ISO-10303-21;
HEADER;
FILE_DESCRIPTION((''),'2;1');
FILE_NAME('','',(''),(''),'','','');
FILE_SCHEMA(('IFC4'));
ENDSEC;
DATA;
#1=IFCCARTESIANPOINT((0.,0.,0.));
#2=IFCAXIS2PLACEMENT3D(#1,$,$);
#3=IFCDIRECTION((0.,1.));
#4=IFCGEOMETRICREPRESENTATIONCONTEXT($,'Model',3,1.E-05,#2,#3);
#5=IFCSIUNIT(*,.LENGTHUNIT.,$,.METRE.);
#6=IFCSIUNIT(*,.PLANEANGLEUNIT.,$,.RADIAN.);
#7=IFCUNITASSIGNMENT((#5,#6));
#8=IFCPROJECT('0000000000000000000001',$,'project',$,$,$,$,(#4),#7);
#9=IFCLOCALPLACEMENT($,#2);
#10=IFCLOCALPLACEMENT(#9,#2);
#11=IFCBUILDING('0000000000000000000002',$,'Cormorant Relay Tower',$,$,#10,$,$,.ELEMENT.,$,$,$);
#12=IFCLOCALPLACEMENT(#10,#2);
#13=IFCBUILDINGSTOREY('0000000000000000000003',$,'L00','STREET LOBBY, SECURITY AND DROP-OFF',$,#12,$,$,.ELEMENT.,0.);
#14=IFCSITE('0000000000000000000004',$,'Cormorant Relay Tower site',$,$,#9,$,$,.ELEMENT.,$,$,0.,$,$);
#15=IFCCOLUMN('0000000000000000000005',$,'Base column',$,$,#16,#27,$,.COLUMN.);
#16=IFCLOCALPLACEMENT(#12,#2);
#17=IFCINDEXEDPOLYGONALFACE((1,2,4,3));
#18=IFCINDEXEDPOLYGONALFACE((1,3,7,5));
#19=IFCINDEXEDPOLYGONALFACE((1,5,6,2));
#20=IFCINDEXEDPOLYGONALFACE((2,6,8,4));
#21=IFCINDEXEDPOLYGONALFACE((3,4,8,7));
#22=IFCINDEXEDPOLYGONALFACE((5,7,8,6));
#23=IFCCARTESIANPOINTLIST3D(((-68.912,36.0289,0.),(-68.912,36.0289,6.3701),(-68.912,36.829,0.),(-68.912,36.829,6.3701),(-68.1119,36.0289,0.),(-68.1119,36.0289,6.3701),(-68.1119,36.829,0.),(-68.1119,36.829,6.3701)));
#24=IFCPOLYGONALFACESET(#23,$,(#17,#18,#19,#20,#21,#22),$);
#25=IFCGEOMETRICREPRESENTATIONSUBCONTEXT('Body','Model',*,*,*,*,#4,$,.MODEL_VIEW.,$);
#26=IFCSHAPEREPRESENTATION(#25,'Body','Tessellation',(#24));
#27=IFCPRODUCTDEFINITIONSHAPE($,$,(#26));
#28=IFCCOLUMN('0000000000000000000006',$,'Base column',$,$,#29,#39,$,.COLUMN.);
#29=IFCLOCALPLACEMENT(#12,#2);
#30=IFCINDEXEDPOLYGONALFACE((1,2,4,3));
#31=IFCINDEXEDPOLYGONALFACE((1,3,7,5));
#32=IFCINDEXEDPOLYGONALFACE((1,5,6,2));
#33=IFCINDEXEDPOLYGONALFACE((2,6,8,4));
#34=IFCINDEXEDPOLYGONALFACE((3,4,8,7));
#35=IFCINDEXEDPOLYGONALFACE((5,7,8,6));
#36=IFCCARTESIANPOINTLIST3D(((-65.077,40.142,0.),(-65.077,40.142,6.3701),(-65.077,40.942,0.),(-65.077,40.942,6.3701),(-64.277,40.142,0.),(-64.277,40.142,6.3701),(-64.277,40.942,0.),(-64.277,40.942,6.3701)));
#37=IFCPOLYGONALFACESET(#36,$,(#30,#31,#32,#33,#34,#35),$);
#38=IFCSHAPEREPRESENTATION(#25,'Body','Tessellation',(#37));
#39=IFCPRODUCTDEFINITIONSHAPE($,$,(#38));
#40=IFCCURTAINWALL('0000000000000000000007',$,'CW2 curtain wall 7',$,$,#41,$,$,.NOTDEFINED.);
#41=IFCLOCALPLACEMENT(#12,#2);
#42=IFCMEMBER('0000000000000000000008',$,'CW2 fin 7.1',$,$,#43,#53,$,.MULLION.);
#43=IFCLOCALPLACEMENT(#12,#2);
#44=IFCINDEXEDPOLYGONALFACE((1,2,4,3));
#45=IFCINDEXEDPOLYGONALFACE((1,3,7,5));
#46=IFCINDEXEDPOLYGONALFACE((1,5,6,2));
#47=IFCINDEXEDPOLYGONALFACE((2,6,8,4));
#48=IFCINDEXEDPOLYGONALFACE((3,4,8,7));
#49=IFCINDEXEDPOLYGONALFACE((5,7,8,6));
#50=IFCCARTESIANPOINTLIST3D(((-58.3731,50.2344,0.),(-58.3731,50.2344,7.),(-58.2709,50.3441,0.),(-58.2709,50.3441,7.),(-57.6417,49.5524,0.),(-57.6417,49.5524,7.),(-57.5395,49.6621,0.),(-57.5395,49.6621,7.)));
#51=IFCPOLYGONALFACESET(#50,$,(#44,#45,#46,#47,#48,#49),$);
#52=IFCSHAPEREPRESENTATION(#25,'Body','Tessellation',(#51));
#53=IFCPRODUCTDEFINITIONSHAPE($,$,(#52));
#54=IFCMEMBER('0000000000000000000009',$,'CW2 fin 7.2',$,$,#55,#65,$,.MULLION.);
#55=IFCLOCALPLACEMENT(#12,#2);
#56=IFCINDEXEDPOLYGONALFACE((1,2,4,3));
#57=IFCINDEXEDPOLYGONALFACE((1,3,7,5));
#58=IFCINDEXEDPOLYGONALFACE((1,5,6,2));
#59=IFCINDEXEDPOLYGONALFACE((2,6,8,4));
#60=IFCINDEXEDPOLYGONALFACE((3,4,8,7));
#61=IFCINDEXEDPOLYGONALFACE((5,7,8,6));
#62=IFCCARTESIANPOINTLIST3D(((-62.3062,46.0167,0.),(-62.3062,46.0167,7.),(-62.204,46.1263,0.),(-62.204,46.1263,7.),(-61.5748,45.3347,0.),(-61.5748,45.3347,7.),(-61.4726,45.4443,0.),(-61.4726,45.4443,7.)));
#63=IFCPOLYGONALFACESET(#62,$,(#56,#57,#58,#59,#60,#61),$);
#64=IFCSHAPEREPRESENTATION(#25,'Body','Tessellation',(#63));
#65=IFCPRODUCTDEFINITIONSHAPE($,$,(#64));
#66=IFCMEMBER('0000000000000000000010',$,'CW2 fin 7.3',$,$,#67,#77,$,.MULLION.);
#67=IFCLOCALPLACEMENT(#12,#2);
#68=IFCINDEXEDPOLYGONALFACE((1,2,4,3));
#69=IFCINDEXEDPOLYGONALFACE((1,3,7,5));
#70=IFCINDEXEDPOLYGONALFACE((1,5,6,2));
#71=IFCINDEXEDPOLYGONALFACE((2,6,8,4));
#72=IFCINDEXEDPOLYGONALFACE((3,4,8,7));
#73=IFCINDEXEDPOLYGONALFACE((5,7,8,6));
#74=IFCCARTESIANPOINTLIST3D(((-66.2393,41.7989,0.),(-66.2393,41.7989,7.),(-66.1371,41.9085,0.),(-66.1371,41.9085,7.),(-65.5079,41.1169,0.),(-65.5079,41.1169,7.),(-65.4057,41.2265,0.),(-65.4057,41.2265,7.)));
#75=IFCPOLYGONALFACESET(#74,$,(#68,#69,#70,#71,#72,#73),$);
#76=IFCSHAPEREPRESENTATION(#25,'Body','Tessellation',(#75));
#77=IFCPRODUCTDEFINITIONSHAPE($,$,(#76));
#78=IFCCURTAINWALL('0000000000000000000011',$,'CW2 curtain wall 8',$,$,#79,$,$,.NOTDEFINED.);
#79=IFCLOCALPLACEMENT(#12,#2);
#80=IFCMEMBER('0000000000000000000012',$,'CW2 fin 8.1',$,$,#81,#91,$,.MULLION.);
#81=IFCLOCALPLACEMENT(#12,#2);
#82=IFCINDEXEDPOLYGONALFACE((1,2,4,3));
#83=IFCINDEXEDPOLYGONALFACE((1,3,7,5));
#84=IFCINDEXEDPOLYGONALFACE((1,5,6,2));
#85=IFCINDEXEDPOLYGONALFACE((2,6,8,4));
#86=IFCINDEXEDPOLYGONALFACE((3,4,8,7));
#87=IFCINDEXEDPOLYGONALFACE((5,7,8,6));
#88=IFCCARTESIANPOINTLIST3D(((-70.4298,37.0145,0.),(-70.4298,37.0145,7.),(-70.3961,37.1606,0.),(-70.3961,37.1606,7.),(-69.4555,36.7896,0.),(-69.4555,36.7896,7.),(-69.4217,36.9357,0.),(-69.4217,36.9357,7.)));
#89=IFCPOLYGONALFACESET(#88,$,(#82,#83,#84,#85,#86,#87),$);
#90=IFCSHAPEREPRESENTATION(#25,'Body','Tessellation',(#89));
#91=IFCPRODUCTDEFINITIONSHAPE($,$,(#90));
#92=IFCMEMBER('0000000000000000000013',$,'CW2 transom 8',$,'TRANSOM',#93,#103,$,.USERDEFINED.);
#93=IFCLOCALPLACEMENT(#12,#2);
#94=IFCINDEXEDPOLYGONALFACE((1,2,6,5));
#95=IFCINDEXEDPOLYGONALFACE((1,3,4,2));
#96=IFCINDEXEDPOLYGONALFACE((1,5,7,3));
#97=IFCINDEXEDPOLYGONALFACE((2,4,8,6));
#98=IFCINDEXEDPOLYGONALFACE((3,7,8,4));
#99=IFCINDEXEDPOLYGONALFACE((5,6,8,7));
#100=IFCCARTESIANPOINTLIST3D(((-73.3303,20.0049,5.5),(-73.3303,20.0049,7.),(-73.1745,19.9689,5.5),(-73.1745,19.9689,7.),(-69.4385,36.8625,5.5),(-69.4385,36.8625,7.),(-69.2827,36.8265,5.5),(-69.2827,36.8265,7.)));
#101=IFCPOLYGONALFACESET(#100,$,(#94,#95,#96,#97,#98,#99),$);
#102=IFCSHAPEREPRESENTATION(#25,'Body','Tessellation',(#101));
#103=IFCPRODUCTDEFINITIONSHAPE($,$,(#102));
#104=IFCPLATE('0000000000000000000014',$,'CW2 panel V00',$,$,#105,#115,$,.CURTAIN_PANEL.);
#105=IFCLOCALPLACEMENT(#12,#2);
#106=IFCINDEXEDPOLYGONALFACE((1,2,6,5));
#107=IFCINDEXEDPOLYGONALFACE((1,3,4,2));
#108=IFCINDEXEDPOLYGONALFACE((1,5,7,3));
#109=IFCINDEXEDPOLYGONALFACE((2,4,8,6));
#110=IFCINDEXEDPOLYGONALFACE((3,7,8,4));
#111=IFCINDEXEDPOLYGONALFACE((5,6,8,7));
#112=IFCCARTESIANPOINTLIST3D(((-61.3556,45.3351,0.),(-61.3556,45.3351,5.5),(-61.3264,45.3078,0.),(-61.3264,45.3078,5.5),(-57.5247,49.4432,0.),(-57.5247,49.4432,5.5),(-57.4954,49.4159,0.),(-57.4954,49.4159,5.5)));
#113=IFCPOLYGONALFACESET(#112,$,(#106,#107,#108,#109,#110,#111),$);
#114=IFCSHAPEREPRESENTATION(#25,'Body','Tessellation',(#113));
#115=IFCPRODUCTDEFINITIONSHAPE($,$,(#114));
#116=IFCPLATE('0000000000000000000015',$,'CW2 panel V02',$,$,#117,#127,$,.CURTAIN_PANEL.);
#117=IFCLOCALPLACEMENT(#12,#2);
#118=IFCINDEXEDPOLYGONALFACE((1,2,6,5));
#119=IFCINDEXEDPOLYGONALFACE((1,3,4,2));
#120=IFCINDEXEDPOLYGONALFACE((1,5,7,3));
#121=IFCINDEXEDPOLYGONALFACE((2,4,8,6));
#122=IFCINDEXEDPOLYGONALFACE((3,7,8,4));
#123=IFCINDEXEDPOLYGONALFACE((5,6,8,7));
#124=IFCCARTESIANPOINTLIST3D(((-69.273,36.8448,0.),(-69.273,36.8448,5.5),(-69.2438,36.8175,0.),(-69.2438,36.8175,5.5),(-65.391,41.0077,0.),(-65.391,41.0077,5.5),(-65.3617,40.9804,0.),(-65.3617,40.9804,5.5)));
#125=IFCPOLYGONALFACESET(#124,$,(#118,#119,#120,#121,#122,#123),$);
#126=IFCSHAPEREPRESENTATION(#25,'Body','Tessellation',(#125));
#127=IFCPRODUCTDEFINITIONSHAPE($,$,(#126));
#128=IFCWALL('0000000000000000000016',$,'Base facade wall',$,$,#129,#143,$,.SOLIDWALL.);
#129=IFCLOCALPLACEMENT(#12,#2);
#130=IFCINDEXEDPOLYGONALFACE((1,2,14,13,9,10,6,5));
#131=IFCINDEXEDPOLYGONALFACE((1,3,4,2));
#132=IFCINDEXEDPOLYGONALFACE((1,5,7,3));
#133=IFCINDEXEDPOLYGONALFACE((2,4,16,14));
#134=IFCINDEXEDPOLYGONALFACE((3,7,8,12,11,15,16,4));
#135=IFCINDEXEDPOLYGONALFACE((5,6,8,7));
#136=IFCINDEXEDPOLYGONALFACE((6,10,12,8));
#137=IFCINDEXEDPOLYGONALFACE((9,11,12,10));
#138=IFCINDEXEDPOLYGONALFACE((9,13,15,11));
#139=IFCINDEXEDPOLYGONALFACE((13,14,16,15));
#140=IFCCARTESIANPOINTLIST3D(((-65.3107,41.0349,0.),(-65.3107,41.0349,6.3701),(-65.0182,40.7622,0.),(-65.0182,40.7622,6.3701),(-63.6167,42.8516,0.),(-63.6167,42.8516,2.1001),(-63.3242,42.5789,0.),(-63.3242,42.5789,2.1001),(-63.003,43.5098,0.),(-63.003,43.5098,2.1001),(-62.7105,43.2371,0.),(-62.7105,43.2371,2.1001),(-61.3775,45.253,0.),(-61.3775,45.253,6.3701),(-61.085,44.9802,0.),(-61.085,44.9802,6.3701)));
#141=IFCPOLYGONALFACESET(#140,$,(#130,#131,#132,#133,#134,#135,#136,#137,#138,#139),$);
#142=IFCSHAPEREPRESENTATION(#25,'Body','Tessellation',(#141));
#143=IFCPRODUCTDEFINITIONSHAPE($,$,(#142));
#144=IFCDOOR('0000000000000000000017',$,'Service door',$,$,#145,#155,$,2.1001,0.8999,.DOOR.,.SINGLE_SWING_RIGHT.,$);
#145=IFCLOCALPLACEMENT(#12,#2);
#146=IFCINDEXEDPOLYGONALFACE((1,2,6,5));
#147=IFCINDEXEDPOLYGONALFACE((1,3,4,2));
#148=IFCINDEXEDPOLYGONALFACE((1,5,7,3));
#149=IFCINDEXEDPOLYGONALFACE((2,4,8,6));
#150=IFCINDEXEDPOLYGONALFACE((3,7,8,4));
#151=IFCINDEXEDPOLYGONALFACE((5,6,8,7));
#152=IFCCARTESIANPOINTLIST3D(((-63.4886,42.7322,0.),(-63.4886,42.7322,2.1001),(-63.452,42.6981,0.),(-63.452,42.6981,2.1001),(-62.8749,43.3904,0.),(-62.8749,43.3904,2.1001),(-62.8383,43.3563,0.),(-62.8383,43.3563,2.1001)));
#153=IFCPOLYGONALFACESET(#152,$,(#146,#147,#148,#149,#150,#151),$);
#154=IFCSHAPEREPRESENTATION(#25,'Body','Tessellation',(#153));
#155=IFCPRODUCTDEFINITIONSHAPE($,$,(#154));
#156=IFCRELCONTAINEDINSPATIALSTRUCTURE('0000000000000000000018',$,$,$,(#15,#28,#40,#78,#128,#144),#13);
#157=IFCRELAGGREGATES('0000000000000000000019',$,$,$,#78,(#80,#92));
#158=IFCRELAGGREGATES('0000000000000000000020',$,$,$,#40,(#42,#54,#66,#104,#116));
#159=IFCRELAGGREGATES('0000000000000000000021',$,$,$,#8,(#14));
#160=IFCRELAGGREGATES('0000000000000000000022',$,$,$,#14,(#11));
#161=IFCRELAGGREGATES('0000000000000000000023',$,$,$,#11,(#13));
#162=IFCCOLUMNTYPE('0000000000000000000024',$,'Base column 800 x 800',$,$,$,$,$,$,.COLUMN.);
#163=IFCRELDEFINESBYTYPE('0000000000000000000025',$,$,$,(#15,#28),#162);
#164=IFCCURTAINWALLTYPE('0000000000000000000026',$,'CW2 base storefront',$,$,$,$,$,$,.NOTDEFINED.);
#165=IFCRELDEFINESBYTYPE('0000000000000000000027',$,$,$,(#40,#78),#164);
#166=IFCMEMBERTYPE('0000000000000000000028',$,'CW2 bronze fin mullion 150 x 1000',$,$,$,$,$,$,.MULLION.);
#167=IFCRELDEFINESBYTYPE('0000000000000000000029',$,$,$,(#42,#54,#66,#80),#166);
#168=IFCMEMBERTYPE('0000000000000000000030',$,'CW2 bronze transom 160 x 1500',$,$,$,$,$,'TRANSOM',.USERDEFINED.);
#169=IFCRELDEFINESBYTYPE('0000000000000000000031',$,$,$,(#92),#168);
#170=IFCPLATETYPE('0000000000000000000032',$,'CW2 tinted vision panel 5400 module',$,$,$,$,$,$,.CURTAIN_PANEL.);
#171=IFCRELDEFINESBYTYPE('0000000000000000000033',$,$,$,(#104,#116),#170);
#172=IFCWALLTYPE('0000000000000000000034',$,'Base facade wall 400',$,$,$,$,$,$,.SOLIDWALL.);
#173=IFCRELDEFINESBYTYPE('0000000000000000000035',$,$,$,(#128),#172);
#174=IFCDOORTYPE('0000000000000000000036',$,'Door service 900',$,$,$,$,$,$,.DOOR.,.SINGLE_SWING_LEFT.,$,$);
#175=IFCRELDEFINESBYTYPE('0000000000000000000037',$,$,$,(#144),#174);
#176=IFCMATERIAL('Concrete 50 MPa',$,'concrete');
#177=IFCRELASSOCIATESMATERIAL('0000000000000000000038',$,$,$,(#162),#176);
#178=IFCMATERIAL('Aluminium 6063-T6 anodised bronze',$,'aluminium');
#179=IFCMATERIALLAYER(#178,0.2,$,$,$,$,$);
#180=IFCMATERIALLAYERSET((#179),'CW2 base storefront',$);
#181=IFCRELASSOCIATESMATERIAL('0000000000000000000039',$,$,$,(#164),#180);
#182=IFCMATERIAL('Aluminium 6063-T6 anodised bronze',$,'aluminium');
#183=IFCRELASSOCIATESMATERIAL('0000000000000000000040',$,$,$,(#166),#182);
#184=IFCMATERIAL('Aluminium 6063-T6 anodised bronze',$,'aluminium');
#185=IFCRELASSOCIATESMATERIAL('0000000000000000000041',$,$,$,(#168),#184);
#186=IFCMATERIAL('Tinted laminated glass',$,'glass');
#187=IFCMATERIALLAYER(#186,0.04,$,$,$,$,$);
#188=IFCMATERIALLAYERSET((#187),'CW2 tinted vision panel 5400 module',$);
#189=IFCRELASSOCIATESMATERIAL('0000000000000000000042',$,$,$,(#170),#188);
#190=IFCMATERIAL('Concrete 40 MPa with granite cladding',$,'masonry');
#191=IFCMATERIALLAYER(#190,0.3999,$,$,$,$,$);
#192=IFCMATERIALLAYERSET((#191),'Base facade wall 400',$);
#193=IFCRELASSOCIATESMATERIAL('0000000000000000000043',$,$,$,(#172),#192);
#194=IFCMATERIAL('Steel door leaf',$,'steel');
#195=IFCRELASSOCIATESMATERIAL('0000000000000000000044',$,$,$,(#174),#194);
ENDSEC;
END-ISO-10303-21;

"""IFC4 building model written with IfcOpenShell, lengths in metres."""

from ifc_helpers import new_model, si_unit, direction, frame, frame_2d, origin, origin_2d, place, context, subcontext, project, spatial, rectangle, extrude, material, layer, layer_set, material_profile, profile_set, type_object, element, fill, aggregate, save


model = new_model("IFC4")

# Units and contexts
model_context = context("Model", 3, precision=1e-05, world=origin(), true_north=direction((0.0, 1.0)))
body_context = subcontext(model_context, "Body", "Model", "MODEL_VIEW")
ifc_project = project(units=[si_unit("LENGTHUNIT", "METRE"), si_unit("PLANEANGLEUNIT", "RADIAN")], contexts=[model_context])

# Site, building, storey
site_placement = place(None, origin())
site = spatial("IfcSite", under=ifc_project, at=site_placement, Name="Cormorant Relay Tower site", CompositionType="ELEMENT", RefElevation=0.0)
building_placement = place(site_placement, origin())
building = spatial("IfcBuilding", under=site, at=building_placement, Name="Cormorant Relay Tower", CompositionType="ELEMENT")
storey_placement = place(building_placement, origin())
storey = spatial("IfcBuildingStorey", under=building, at=storey_placement, Name="L00", Description="STREET LOBBY, SECURITY AND DROP-OFF", CompositionType="ELEMENT", Elevation=0.0)

# Columns
ifc_material_1 = material(Name="Concrete 50 MPa", Category="concrete")
ifc_material_profile_1 = material_profile(ifc_material_1, rectangle(XDim=0.8, YDim=0.8, at=origin_2d()), Name="RC 800x800")
ifc_profile_set_1 = profile_set([ifc_material_profile_1], Name="Concrete 50 MPa")
column_type = type_object("IfcColumnType", Name="Base column 800 x 800", PredefinedType="COLUMN", material=ifc_profile_set_1)
for number, where, z_axis, x_axis, name in (
    (1, (-68.512, 36.429, 0.0), (0.0, 0.0, 1.0), (1.0, 0.0, 0.0), "Base column"),
    (2, (-64.677, 40.542, 0.0), (0.0, 0.0, 1.0), (1.0, 0.0, 0.0), "Base column"),
):
    element("IfcColumn", number, at=place(storey_placement, frame(where, z_axis=z_axis, x_axis=x_axis)), inside=storey, type_object=column_type, Name=name, PredefinedType="COLUMN", context=body_context, shape_type="SweptSolid", body=[
        extrude(rectangle(XDim=0.8, YDim=0.8, at=origin_2d()), origin(), (0.0, 0.0, 1.0), 6.3701),
    ])

# Curtain walls, members
ifc_material_2 = material(Name="Aluminium 6063-T6 anodised bronze", Category="aluminium")
ifc_layer_1 = layer(ifc_material_2, 0.2)
ifc_layer_set_1 = layer_set([ifc_layer_1], Name="CW2 base storefront")
curtain_wall_type = type_object("IfcCurtainWallType", Name="CW2 base storefront", PredefinedType="NOTDEFINED", material=ifc_layer_set_1)
curtain_wall_1_placement = place(storey_placement, origin())
curtain_wall_1 = element("IfcCurtainWall", 3, at=curtain_wall_1_placement, inside=storey, type_object=curtain_wall_type, Name="CW2 curtain wall 7", PredefinedType="NOTDEFINED")
ifc_material_3 = material(Name="Aluminium 6063-T6 anodised bronze", Category="aluminium")
ifc_material_profile_2 = material_profile(ifc_material_3, rectangle(XDim=0.1499, YDim=1.0, at=origin_2d()), Name="AL 150x1000")
ifc_profile_set_2 = profile_set([ifc_material_profile_2], Name="Aluminium 6063-T6 anodised bronze")
member_type_1 = type_object("IfcMemberType", Name="CW2 bronze fin mullion 150 x 1000", PredefinedType="MULLION", material=ifc_profile_set_2)
member_1_placement = place(storey_placement, frame((-57.9563, 49.9482, 0.0), z_axis=(0.0, 0.0, 1.0), x_axis=(-0.681998, -0.731354, 0.0)))
member_1 = element("IfcMember", 4, at=member_1_placement, type_object=member_type_1, Name="CW2 fin 7.1", PredefinedType="MULLION", context=body_context, shape_type="SweptSolid", body=[
    extrude(rectangle(XDim=0.1499, YDim=1.0, at=origin_2d()), origin(), (0.0, 0.0, 1.0), 7.0),
])
member_2_placement = place(storey_placement, frame((-61.8894, 45.7305, 0.0), z_axis=(0.0, 0.0, 1.0), x_axis=(-0.681998, -0.731354, 0.0)))
member_2 = element("IfcMember", 5, at=member_2_placement, type_object=member_type_1, Name="CW2 fin 7.2", PredefinedType="MULLION", context=body_context, shape_type="SweptSolid", body=[
    extrude(rectangle(XDim=0.1499, YDim=1.0, at=origin_2d()), origin(), (0.0, 0.0, 1.0), 7.0),
])
member_3_placement = place(storey_placement, frame((-65.8225, 41.5127, 0.0), z_axis=(0.0, 0.0, 1.0), x_axis=(-0.681998, -0.731354, 0.0)))
member_3 = element("IfcMember", 6, at=member_3_placement, type_object=member_type_1, Name="CW2 fin 7.3", PredefinedType="MULLION", context=body_context, shape_type="SweptSolid", body=[
    extrude(rectangle(XDim=0.1499, YDim=1.0, at=origin_2d()), origin(), (0.0, 0.0, 1.0), 7.0),
])
curtain_wall_2_placement = place(storey_placement, origin())
curtain_wall_2 = element("IfcCurtainWall", 7, at=curtain_wall_2_placement, inside=storey, type_object=curtain_wall_type, Name="CW2 curtain wall 8", PredefinedType="NOTDEFINED")
member_4_placement = place(storey_placement, frame((-69.9258, 36.9751, 0.0), z_axis=(0.0, 0.0, 1.0), x_axis=(-0.224951, -0.97437, 0.0)))
member_4 = element("IfcMember", 8, at=member_4_placement, type_object=member_type_1, Name="CW2 fin 8.1", PredefinedType="MULLION", context=body_context, shape_type="SweptSolid", body=[
    extrude(rectangle(XDim=0.1499, YDim=1.0, at=origin_2d()), origin(), (0.0, 0.0, 1.0), 7.0),
])
ifc_material_4 = material(Name="Aluminium 6063-T6 anodised bronze", Category="aluminium")
ifc_material_profile_3 = material_profile(ifc_material_4, rectangle(XDim=0.1599, YDim=1.5, at=origin_2d()), Name="AL 160x1500")
ifc_profile_set_3 = profile_set([ifc_material_profile_3], Name="Aluminium 6063-T6 anodised bronze")
member_type_2 = type_object("IfcMemberType", Name="CW2 bronze transom 160 x 1500", ElementType="TRANSOM", PredefinedType="USERDEFINED", material=ifc_profile_set_3)
member_5_placement = place(storey_placement, frame((-69.3606, 36.8445, 6.25), z_axis=(-0.224948, -0.974371, 0.0), x_axis=(0.974371, -0.224948, 0.0)))
member_5 = element("IfcMember", 9, at=member_5_placement, type_object=member_type_2, Name="CW2 transom 8", ObjectType="TRANSOM", PredefinedType="USERDEFINED", context=body_context, shape_type="SweptSolid", body=[
    extrude(rectangle(XDim=0.1599, YDim=1.5, at=origin_2d()), origin(), (0.0, 0.0, 1.0), 17.301),
])
aggregate(curtain_wall_2, [member_4, member_5])

# Plates
ifc_material_5 = material(Name="Tinted laminated glass", Category="glass")
ifc_layer_2 = layer(ifc_material_5, 0.04)
ifc_layer_set_2 = layer_set([ifc_layer_2], Name="CW2 tinted vision panel 5400 module")
plate_type = type_object("IfcPlateType", Name="CW2 tinted vision panel 5400 module", PredefinedType="CURTAIN_PANEL", material=ifc_layer_set_2)
plate_1_placement = place(storey_placement, frame((-59.4255, 47.3755, 0.0), z_axis=(0.0, 0.0, 1.0), x_axis=(-0.681998, -0.731354, 0.0)))
plate_1 = element("IfcPlate", 10, at=plate_1_placement, type_object=plate_type, Name="CW2 panel V00", PredefinedType="CURTAIN_PANEL", context=body_context, shape_type="SweptSolid", body=[
    extrude(rectangle(XDim=5.6172, YDim=0.04, at=origin_2d()), origin(), (0.0, 0.0, 1.0), 5.5),
])
plate_2_placement = place(storey_placement, frame((-67.3174, 38.9126, 0.0), z_axis=(0.0, 0.0, 1.0), x_axis=(-0.681998, -0.731354, 0.0)))
plate_2 = element("IfcPlate", 11, at=plate_2_placement, type_object=plate_type, Name="CW2 panel V02", PredefinedType="CURTAIN_PANEL", context=body_context, shape_type="SweptSolid", body=[
    extrude(rectangle(XDim=5.6921, YDim=0.04, at=origin_2d()), origin(), (0.0, 0.0, 1.0), 5.5),
])
aggregate(curtain_wall_1, [member_1, member_2, member_3, plate_1, plate_2])

# Wall, opening, door
ifc_material_6 = material(Name="Concrete 40 MPa with granite cladding", Category="masonry")
ifc_layer_3 = layer(ifc_material_6, 0.3999)
ifc_layer_set_3 = layer_set([ifc_layer_3], Name="Base facade wall 400")
wall_type_1 = type_object("IfcWallType", Name="Base facade wall 400", PredefinedType="SOLIDWALL", material=ifc_layer_set_3)
wall_1_placement = place(storey_placement, frame((-61.2312, 45.1167, 0.0), z_axis=(0.0, 0.0, 1.0), x_axis=(-0.681974, -0.731376, 0.0)))
wall_1 = element("IfcWall", 12, at=wall_1_placement, inside=storey, type_object=wall_type_1, Name="Base facade wall", PredefinedType="SOLIDWALL", context=body_context, shape_type="SweptSolid", body=[
    extrude(rectangle(XDim=5.7673, YDim=0.3999, at=frame_2d((2.8838, 0.0))), origin(), (0.0, 0.0, 1.0), 6.3701),
])
opening_1_placement = place(wall_1_placement, frame((2.3835, 0.0, 0.0)))
opening_1 = element("IfcOpeningElement", 13, at=opening_1_placement, cuts=wall_1, PredefinedType="OPENING", context=body_context, shape_type="SweptSolid", body=[
    extrude(rectangle(XDim=0.8999, YDim=2.1001, at=frame_2d((0.45, 1.05))), frame((0.0, 0.21, 0.0), z_axis=(0.0, -1.0, 0.0), x_axis=(1.0, 0.0, 0.0)), (0.0, 0.0, 1.0), 0.4199),
])
ifc_material_7 = material(Name="Steel door leaf", Category="steel")
door_type_1 = type_object("IfcDoorType", Name="Door service 900", OperationType="SINGLE_SWING_LEFT", PredefinedType="DOOR", material=ifc_material_7)
door_1_placement = place(opening_1_placement, frame((0.8999, 0.0, 0.0), z_axis=(0.0, 0.0, 1.0), x_axis=(-1.0, 0.0, 0.0)))
door_1 = element("IfcDoor", 14, at=door_1_placement, inside=storey, type_object=door_type_1, Name="Service door", OperationType="SINGLE_SWING_RIGHT", OverallHeight=2.1001, OverallWidth=0.8999, PredefinedType="DOOR", context=body_context, shape_type="SweptSolid", body=[
    extrude(rectangle(XDim=0.8999, YDim=2.1001, at=frame_2d((0.45, 1.05))), frame((0.0, 0.0249, 0.0), z_axis=(0.0, -1.0, 0.0), x_axis=(1.0, 0.0, 0.0)), (0.0, 0.0, 1.0), 0.05),
])
fill(opening_1, door_1)

save(model, "model.ifc")
